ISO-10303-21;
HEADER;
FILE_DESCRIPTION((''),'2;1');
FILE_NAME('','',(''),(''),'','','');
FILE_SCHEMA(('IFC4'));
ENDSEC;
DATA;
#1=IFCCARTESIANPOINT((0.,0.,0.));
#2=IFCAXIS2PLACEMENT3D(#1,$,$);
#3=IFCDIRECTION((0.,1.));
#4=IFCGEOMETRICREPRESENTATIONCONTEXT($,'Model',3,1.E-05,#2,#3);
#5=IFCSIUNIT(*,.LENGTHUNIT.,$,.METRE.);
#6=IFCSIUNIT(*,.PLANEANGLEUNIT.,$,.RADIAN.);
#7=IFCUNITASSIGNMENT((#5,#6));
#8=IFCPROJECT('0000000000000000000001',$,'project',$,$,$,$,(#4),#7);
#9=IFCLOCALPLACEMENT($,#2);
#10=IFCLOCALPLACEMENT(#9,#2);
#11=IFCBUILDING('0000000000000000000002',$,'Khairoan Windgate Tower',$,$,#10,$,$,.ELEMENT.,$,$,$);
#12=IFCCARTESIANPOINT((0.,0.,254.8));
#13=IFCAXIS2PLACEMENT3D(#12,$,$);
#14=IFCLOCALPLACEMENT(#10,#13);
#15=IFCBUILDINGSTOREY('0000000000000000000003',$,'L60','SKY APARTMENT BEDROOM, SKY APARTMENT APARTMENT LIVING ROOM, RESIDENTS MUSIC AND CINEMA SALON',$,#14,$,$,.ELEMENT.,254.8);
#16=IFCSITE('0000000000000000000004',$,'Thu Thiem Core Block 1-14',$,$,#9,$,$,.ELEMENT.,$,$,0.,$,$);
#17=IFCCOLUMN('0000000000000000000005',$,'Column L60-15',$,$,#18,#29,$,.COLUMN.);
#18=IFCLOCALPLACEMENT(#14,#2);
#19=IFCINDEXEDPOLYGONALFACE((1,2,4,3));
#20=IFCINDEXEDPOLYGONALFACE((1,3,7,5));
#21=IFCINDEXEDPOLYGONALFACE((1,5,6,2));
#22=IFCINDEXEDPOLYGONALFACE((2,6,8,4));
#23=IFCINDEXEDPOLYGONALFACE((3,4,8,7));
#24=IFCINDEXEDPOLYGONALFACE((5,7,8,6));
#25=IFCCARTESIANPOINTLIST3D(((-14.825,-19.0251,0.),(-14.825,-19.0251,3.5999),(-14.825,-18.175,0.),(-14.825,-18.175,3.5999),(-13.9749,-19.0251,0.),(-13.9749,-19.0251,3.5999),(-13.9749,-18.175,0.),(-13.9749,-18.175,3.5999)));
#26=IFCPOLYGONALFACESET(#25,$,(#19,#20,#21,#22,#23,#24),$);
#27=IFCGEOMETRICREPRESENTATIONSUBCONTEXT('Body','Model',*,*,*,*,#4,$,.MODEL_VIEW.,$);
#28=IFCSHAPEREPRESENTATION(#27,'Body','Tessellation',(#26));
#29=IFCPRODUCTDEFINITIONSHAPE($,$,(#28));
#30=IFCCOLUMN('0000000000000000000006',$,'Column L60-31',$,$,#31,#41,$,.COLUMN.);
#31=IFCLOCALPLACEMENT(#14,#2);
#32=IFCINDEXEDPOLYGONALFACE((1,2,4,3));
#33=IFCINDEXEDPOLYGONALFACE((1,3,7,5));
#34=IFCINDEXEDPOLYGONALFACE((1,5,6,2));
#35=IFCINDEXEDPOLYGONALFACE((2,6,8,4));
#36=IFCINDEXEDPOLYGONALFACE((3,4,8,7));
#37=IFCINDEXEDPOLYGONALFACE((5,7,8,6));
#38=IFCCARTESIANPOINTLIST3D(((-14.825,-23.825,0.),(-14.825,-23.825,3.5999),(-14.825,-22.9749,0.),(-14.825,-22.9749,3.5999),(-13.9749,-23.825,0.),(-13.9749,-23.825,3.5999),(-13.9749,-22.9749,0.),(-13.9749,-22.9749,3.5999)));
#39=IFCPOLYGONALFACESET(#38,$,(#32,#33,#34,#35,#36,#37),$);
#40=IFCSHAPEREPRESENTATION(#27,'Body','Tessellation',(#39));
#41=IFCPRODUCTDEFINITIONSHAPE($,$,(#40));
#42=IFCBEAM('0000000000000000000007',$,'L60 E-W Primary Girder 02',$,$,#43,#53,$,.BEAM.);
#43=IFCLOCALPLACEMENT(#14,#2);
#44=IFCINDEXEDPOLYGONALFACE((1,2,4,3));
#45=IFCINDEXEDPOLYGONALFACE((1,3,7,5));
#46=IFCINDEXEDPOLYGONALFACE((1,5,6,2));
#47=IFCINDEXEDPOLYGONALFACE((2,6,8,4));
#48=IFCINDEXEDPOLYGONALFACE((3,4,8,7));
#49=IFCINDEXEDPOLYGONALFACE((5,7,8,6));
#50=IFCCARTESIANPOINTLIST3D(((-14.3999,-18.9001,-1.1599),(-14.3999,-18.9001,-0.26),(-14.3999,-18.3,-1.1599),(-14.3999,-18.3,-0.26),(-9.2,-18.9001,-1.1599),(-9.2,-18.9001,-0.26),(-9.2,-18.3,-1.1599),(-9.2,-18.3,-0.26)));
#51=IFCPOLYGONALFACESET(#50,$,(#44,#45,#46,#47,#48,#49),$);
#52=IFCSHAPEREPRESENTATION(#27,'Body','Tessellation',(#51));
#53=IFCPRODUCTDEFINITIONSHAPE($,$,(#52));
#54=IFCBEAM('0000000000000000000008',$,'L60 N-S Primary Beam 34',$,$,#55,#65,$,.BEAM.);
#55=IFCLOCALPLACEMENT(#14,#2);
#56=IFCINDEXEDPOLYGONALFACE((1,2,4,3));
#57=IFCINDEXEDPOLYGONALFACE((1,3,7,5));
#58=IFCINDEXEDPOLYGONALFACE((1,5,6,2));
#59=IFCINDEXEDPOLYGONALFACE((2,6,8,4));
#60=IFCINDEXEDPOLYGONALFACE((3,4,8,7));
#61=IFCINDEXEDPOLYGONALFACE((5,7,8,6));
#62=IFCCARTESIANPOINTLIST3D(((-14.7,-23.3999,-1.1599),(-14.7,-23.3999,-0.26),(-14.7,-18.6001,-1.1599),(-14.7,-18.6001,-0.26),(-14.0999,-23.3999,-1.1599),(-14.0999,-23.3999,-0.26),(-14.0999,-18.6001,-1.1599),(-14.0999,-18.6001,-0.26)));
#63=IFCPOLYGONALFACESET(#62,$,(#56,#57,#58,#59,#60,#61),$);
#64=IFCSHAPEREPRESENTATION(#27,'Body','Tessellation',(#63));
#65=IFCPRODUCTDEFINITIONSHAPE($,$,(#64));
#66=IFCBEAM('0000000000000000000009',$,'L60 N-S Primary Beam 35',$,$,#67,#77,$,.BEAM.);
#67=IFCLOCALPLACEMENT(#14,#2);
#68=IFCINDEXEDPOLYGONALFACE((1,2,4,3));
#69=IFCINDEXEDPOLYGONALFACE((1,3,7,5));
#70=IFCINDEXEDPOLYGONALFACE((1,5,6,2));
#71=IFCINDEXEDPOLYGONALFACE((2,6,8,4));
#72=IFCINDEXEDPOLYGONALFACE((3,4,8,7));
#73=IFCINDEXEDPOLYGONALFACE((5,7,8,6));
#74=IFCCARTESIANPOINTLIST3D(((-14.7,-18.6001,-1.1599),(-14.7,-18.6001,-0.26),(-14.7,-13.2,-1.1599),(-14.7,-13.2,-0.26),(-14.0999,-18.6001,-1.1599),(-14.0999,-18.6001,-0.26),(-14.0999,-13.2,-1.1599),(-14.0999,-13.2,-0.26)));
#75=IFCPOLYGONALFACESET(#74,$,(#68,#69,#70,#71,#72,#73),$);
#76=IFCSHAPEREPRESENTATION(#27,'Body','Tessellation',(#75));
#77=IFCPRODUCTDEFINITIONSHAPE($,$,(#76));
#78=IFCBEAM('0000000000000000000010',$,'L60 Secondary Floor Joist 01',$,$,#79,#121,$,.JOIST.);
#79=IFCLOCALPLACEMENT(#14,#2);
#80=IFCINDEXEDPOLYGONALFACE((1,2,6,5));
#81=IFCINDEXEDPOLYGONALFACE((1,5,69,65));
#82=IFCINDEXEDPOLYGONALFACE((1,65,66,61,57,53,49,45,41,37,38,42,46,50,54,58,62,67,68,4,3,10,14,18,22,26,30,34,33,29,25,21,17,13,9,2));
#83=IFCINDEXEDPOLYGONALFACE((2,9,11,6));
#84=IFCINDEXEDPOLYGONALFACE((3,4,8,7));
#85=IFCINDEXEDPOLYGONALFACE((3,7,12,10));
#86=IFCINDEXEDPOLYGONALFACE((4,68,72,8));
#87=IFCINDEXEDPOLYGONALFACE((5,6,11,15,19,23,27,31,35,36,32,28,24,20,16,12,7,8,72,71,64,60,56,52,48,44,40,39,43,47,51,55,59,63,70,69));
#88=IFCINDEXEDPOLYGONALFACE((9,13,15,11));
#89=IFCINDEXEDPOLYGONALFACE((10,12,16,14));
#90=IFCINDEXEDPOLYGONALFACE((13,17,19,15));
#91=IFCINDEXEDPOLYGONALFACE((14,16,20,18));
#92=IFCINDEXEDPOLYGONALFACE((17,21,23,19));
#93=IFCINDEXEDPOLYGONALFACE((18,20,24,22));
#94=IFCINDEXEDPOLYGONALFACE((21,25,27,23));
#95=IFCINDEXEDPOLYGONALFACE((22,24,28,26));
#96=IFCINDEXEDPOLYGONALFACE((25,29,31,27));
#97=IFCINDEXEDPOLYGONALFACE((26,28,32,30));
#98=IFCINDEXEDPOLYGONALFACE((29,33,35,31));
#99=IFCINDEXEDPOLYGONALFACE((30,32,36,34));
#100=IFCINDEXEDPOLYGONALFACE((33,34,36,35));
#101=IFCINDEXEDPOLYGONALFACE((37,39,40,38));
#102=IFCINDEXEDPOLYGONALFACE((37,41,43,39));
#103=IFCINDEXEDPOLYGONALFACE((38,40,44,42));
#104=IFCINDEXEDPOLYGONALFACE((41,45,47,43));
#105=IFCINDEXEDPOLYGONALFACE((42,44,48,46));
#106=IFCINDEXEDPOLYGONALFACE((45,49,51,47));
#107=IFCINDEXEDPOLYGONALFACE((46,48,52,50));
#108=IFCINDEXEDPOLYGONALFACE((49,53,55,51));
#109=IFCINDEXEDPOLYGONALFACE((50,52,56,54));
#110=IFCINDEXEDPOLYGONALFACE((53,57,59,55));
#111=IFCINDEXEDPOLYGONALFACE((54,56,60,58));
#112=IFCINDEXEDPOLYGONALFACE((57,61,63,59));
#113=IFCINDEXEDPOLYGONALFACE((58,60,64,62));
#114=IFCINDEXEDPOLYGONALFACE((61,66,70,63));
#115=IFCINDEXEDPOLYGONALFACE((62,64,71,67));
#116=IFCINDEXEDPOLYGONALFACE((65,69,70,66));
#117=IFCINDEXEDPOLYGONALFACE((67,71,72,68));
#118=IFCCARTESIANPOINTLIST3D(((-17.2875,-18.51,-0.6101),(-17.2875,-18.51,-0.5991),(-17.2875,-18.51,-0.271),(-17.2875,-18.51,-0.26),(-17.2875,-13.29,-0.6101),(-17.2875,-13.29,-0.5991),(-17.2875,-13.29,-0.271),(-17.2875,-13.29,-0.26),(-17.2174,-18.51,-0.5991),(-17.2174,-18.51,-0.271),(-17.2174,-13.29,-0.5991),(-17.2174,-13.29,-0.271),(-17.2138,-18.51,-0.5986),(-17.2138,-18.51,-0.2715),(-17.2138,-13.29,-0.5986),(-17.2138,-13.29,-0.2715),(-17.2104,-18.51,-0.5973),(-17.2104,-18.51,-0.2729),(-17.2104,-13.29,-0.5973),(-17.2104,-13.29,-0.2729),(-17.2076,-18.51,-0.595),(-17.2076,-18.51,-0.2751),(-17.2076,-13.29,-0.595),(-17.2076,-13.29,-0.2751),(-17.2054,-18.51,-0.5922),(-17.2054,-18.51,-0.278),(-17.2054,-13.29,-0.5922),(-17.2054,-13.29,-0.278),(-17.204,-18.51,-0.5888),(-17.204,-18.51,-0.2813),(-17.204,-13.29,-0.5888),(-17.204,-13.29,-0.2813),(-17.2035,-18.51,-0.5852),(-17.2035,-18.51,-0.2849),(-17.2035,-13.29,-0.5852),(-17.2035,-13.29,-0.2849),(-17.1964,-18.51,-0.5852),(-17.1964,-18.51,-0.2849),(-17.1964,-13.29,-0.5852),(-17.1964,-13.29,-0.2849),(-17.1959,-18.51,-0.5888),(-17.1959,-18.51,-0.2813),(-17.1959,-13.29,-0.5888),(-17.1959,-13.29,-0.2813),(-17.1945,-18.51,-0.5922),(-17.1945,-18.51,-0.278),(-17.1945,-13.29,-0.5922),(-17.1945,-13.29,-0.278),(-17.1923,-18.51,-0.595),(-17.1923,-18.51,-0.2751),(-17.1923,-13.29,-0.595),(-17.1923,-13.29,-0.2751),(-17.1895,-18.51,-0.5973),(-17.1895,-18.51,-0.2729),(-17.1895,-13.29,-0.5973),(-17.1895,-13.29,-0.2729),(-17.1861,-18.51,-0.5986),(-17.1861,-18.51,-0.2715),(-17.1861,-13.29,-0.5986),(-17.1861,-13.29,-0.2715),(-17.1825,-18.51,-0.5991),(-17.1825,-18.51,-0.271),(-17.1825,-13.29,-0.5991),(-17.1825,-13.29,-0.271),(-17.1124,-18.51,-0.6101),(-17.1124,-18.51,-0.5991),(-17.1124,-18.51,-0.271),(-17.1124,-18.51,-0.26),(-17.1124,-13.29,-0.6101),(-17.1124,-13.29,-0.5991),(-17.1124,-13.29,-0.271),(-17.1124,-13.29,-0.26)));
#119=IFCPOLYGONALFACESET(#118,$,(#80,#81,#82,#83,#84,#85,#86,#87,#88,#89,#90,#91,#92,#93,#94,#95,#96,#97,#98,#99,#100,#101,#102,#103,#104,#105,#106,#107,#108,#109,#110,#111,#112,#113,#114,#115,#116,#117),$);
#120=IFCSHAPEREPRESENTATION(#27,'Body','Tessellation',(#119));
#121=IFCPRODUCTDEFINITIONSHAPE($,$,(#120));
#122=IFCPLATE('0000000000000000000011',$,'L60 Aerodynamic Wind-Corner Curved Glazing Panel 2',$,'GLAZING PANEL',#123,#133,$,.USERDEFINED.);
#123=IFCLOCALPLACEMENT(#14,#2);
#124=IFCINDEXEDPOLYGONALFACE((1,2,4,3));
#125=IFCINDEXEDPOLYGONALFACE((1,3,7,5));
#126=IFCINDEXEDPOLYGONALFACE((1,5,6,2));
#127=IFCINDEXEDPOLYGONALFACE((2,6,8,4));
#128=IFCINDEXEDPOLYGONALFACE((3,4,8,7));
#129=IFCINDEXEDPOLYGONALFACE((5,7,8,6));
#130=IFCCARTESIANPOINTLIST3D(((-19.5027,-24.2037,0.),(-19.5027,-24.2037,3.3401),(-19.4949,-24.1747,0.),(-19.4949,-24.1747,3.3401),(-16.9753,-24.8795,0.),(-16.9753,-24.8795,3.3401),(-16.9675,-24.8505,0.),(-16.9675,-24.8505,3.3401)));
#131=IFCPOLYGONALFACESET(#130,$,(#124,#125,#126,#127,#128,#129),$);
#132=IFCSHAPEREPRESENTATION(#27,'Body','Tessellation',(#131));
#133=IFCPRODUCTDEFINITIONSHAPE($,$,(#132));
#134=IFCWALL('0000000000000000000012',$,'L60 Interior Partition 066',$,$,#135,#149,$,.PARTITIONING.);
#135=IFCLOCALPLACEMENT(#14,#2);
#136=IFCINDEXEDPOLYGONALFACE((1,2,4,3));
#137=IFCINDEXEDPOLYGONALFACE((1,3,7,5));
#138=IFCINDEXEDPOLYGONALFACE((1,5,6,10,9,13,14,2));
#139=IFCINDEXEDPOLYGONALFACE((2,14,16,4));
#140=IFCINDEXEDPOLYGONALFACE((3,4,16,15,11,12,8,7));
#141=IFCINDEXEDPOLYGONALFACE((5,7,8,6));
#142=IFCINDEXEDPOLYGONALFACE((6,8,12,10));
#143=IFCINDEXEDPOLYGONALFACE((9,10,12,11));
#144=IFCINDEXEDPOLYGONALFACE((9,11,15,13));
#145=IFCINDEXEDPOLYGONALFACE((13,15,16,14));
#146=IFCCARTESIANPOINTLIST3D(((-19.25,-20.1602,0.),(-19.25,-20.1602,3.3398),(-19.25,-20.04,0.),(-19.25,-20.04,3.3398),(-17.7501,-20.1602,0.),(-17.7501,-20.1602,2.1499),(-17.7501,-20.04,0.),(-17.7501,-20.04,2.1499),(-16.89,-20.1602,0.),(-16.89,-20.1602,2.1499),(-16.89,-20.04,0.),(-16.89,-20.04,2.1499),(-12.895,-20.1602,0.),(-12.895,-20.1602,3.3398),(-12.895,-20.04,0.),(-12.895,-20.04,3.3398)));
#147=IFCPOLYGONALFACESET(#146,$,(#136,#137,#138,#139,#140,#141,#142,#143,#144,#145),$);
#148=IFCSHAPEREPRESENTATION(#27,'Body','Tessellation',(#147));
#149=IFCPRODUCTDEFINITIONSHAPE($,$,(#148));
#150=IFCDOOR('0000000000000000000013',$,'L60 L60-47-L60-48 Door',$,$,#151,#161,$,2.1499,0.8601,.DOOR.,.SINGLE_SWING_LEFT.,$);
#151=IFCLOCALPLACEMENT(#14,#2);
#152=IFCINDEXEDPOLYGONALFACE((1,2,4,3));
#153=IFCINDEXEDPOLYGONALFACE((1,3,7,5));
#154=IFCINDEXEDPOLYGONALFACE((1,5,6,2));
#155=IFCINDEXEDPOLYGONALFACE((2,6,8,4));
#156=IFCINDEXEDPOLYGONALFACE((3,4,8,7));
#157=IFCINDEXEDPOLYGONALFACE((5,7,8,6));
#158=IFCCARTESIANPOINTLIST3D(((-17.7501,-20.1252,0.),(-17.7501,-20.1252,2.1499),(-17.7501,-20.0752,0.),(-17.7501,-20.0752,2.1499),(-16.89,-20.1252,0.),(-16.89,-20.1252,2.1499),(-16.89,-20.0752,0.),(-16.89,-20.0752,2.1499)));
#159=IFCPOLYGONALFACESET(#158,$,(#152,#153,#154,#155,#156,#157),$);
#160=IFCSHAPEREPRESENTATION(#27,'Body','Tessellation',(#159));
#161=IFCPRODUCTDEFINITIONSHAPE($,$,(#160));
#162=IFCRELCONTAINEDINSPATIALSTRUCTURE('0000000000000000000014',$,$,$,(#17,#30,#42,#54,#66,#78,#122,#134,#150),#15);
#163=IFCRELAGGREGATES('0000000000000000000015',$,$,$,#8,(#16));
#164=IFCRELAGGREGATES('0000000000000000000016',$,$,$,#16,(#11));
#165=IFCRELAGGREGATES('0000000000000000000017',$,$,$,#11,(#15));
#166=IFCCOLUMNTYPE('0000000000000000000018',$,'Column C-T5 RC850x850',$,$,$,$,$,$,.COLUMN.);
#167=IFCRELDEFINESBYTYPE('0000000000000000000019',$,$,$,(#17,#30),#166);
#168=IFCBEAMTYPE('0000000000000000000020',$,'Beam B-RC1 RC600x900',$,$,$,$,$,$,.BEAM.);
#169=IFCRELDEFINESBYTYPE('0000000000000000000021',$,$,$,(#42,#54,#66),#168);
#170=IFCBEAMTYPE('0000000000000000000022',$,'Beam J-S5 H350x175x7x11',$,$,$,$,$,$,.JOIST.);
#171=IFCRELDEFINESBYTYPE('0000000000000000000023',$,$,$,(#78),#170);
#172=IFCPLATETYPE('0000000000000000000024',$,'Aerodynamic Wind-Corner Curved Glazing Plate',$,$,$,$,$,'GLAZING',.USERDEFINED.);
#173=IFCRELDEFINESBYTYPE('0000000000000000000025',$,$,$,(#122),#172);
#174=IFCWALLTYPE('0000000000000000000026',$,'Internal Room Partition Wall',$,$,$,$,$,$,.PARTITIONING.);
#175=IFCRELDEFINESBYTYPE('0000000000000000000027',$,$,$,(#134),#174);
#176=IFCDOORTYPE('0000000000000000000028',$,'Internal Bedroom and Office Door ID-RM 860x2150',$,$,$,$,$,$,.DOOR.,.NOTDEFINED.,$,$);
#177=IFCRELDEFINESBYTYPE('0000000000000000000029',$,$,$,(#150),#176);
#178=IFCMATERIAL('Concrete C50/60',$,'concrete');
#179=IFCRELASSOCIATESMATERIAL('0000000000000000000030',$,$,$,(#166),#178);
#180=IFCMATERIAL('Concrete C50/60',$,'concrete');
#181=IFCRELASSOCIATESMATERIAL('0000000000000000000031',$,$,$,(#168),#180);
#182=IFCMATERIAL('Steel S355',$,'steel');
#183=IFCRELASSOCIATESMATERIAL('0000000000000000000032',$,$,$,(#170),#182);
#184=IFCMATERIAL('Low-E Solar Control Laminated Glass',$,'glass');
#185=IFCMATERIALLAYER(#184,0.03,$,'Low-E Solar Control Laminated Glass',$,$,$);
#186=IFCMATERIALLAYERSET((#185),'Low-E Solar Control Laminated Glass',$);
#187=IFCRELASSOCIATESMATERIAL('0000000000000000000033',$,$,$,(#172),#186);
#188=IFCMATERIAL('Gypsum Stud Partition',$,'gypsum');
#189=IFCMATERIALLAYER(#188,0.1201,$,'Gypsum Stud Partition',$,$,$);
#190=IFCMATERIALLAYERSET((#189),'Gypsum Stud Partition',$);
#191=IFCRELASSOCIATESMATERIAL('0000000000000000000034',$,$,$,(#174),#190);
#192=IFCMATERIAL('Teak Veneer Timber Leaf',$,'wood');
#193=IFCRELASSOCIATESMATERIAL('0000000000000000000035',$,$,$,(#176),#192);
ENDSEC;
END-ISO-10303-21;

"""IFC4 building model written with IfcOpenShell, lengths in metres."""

from ifc_helpers import new_model, si_unit, direction, frame, frame_2d, origin, origin_2d, place, context, subcontext, project, spatial, rectangle, i_section, extrude, material, layer, layer_set, material_profile, profile_set, type_object, element, fill, save


model = new_model("IFC4")

# Units and contexts
model_context = context("Model", 3, precision=1e-05, world=origin(), true_north=direction((0.0, 1.0)))
body_context = subcontext(model_context, "Body", "Model", "MODEL_VIEW")
ifc_project = project(units=[si_unit("LENGTHUNIT", "METRE"), si_unit("PLANEANGLEUNIT", "RADIAN")], contexts=[model_context])

# Site, building, storey
site_placement = place(None, origin())
site = spatial("IfcSite", under=ifc_project, at=site_placement, Name="Thu Thiem Core Block 1-14", CompositionType="ELEMENT", RefElevation=0.0)
building_placement = place(site_placement, origin())
building = spatial("IfcBuilding", under=site, at=building_placement, Name="Khairoan Windgate Tower", CompositionType="ELEMENT")
storey_placement = place(building_placement, frame((0.0, 0.0, 254.8)))
storey = spatial("IfcBuildingStorey", under=building, at=storey_placement, Name="L60", Description="SKY APARTMENT BEDROOM, SKY APARTMENT APARTMENT LIVING ROOM, RESIDENTS MUSIC AND CINEMA SALON", CompositionType="ELEMENT", Elevation=254.8)

# Columns
ifc_material_1 = material(Name="Concrete C50/60", Category="concrete")
ifc_material_profile_1 = material_profile(ifc_material_1, rectangle(XDim=0.8501, YDim=0.8501, at=origin_2d()))
ifc_profile_set_1 = profile_set([ifc_material_profile_1], Name="Concrete C50/60")
column_type = type_object("IfcColumnType", Name="Column C-T5 RC850x850", PredefinedType="COLUMN", material=ifc_profile_set_1)
for number, where, z_axis, x_axis, name in (
    (1, (-14.3999, -18.6001, 0.0), (0.0, 0.0, 1.0), (1.0, 0.0, 0.0), "Column L60-15"),
    (2, (-14.3999, -23.3999, 0.0), (0.0, 0.0, 1.0), (1.0, 0.0, 0.0), "Column L60-31"),
):
    element("IfcColumn", number, at=place(storey_placement, frame(where, z_axis=z_axis, x_axis=x_axis)), inside=storey, type_object=column_type, Name=name, PredefinedType="COLUMN", context=body_context, shape_type="SweptSolid", body=[
        extrude(rectangle(XDim=0.8501, YDim=0.8501, at=origin_2d()), origin(), (0.0, 0.0, 1.0), 3.5999),
    ])

# Beams
ifc_material_2 = material(Name="Concrete C50/60", Category="concrete")
ifc_material_profile_2 = material_profile(ifc_material_2, rectangle(XDim=0.6001, YDim=0.8999, at=origin_2d()))
ifc_profile_set_2 = profile_set([ifc_material_profile_2], Name="Concrete C50/60")
beam_type_1 = type_object("IfcBeamType", Name="Beam B-RC1 RC600x900", PredefinedType="BEAM", material=ifc_profile_set_2)
beam_1_placement = place(storey_placement, frame((-14.3999, -18.6001, -0.71), z_axis=(1.0, 0.0, 0.0), x_axis=(0.0, 1.0, 0.0)))
element("IfcBeam", 3, at=beam_1_placement, inside=storey, type_object=beam_type_1, Name="L60 E-W Primary Girder 02", PredefinedType="BEAM", context=body_context, shape_type="SweptSolid", body=[
    extrude(rectangle(XDim=0.6001, YDim=0.8999, at=origin_2d()), origin(), (0.0, 0.0, 1.0), 5.2),
])
beam_2_placement = place(storey_placement, frame((-14.3999, -23.3999, -0.71), z_axis=(0.0, 1.0, 0.0), x_axis=(-1.0, 0.0, 0.0)))
element("IfcBeam", 4, at=beam_2_placement, inside=storey, type_object=beam_type_1, Name="L60 N-S Primary Beam 34", PredefinedType="BEAM", context=body_context, shape_type="SweptSolid", body=[
    extrude(rectangle(XDim=0.6001, YDim=0.8999, at=origin_2d()), origin(), (0.0, 0.0, 1.0), 4.7998),
])
beam_3_placement = place(storey_placement, frame((-14.3999, -18.6001, -0.71), z_axis=(0.0, 1.0, 0.0), x_axis=(-1.0, 0.0, 0.0)))
element("IfcBeam", 5, at=beam_3_placement, inside=storey, type_object=beam_type_1, Name="L60 N-S Primary Beam 35", PredefinedType="BEAM", context=body_context, shape_type="SweptSolid", body=[
    extrude(rectangle(XDim=0.6001, YDim=0.8999, at=origin_2d()), origin(), (0.0, 0.0, 1.0), 5.4001),
])
ifc_material_3 = material(Name="Steel S355", Category="steel")
ifc_material_profile_3 = material_profile(ifc_material_3, i_section(OverallWidth=0.175, OverallDepth=0.3501, WebThickness=0.0071, FlangeThickness=0.011, FilletRadius=0.0139, at=origin_2d()))
ifc_profile_set_3 = profile_set([ifc_material_profile_3], Name="Steel S355")
beam_type_2 = type_object("IfcBeamType", Name="Beam J-S5 H350x175x7x11", PredefinedType="JOIST", material=ifc_profile_set_3)
beam_4_placement = place(storey_placement, frame((-17.2, -18.51, -0.4351), z_axis=(0.0, 1.0, 0.0), x_axis=(-1.0, 0.0, 0.0)))
element("IfcBeam", 6, at=beam_4_placement, inside=storey, type_object=beam_type_2, Name="L60 Secondary Floor Joist 01", PredefinedType="JOIST", context=body_context, shape_type="SweptSolid", body=[
    extrude(i_section(OverallWidth=0.175, OverallDepth=0.3501, WebThickness=0.0071, FlangeThickness=0.011, FilletRadius=0.0139, at=origin_2d()), origin(), (0.0, 0.0, 1.0), 5.22),
])

# Plate
ifc_material_4 = material(Name="Low-E Solar Control Laminated Glass", Category="glass")
ifc_layer_1 = layer(ifc_material_4, 0.03, Name="Low-E Solar Control Laminated Glass")
ifc_layer_set_1 = layer_set([ifc_layer_1], Name="Low-E Solar Control Laminated Glass")
plate_type = type_object("IfcPlateType", Name="Aerodynamic Wind-Corner Curved Glazing Plate", ElementType="GLAZING", PredefinedType="USERDEFINED", material=ifc_layer_set_1)
plate_placement = place(storey_placement, frame((-18.2351, -24.5271, 0.0), z_axis=(0.0, 0.0, 1.0), x_axis=(-0.966061, 0.258313, 0.0)))
element("IfcPlate", 7, at=plate_placement, inside=storey, type_object=plate_type, Name="L60 Aerodynamic Wind-Corner Curved Glazing Panel 2", ObjectType="GLAZING PANEL", PredefinedType="USERDEFINED", context=body_context, shape_type="SweptSolid", body=[
    extrude(rectangle(XDim=2.6162, YDim=0.03, at=origin_2d()), origin(), (0.0, 0.0, 1.0), 3.3401),
])

# Wall, opening, door
ifc_material_5 = material(Name="Gypsum Stud Partition", Category="gypsum")
ifc_layer_2 = layer(ifc_material_5, 0.1201, Name="Gypsum Stud Partition")
ifc_layer_set_2 = layer_set([ifc_layer_2], Name="Gypsum Stud Partition")
wall_type = type_object("IfcWallType", Name="Internal Room Partition Wall", PredefinedType="PARTITIONING", material=ifc_layer_set_2)
wall_1_placement = place(storey_placement, frame((-19.25, -20.1001, 0.0), z_axis=(0.0, 0.0, 1.0), x_axis=(1.0, 0.0, 0.0)))
wall_1 = element("IfcWall", 8, at=wall_1_placement, inside=storey, type_object=wall_type, Name="L60 Interior Partition 066", PredefinedType="PARTITIONING", context=body_context, shape_type="SweptSolid", body=[
    extrude(rectangle(XDim=6.355, YDim=0.1201, at=frame_2d((3.1775, 0.0))), origin(), (0.0, 0.0, 1.0), 3.3398),
])
opening_1_placement = place(wall_1_placement, frame((1.4998, 0.0, 0.0)))
opening_1 = element("IfcOpeningElement", 9, at=opening_1_placement, cuts=wall_1, PredefinedType="OPENING", context=body_context, shape_type="SweptSolid", body=[
    extrude(rectangle(XDim=0.8601, YDim=2.1499, at=frame_2d((0.4302, 1.075))), frame((0.0, 0.0701, 0.0), z_axis=(0.0, -1.0, 0.0), x_axis=(1.0, 0.0, 0.0)), (0.0, 0.0, 1.0), 0.1401),
])
ifc_material_6 = material(Name="Teak Veneer Timber Leaf", Category="wood")
door_type = type_object("IfcDoorType", Name="Internal Bedroom and Office Door ID-RM 860x2150", OperationType="NOTDEFINED", PredefinedType="DOOR", material=ifc_material_6)
door_1_placement = place(opening_1_placement, origin())
door_1 = element("IfcDoor", 10, at=door_1_placement, inside=storey, type_object=door_type, Name="L60 L60-47-L60-48 Door", OperationType="SINGLE_SWING_LEFT", OverallHeight=2.1499, OverallWidth=0.8601, PredefinedType="DOOR", context=body_context, shape_type="SweptSolid", body=[
    extrude(rectangle(XDim=0.8601, YDim=2.1499, at=frame_2d((0.4302, 1.075))), frame((0.0, 0.0249, 0.0), z_axis=(0.0, -1.0, 0.0), x_axis=(1.0, 0.0, 0.0)), (0.0, 0.0, 1.0), 0.05),
])
fill(opening_1, door_1)

save(model, "model.ifc")
